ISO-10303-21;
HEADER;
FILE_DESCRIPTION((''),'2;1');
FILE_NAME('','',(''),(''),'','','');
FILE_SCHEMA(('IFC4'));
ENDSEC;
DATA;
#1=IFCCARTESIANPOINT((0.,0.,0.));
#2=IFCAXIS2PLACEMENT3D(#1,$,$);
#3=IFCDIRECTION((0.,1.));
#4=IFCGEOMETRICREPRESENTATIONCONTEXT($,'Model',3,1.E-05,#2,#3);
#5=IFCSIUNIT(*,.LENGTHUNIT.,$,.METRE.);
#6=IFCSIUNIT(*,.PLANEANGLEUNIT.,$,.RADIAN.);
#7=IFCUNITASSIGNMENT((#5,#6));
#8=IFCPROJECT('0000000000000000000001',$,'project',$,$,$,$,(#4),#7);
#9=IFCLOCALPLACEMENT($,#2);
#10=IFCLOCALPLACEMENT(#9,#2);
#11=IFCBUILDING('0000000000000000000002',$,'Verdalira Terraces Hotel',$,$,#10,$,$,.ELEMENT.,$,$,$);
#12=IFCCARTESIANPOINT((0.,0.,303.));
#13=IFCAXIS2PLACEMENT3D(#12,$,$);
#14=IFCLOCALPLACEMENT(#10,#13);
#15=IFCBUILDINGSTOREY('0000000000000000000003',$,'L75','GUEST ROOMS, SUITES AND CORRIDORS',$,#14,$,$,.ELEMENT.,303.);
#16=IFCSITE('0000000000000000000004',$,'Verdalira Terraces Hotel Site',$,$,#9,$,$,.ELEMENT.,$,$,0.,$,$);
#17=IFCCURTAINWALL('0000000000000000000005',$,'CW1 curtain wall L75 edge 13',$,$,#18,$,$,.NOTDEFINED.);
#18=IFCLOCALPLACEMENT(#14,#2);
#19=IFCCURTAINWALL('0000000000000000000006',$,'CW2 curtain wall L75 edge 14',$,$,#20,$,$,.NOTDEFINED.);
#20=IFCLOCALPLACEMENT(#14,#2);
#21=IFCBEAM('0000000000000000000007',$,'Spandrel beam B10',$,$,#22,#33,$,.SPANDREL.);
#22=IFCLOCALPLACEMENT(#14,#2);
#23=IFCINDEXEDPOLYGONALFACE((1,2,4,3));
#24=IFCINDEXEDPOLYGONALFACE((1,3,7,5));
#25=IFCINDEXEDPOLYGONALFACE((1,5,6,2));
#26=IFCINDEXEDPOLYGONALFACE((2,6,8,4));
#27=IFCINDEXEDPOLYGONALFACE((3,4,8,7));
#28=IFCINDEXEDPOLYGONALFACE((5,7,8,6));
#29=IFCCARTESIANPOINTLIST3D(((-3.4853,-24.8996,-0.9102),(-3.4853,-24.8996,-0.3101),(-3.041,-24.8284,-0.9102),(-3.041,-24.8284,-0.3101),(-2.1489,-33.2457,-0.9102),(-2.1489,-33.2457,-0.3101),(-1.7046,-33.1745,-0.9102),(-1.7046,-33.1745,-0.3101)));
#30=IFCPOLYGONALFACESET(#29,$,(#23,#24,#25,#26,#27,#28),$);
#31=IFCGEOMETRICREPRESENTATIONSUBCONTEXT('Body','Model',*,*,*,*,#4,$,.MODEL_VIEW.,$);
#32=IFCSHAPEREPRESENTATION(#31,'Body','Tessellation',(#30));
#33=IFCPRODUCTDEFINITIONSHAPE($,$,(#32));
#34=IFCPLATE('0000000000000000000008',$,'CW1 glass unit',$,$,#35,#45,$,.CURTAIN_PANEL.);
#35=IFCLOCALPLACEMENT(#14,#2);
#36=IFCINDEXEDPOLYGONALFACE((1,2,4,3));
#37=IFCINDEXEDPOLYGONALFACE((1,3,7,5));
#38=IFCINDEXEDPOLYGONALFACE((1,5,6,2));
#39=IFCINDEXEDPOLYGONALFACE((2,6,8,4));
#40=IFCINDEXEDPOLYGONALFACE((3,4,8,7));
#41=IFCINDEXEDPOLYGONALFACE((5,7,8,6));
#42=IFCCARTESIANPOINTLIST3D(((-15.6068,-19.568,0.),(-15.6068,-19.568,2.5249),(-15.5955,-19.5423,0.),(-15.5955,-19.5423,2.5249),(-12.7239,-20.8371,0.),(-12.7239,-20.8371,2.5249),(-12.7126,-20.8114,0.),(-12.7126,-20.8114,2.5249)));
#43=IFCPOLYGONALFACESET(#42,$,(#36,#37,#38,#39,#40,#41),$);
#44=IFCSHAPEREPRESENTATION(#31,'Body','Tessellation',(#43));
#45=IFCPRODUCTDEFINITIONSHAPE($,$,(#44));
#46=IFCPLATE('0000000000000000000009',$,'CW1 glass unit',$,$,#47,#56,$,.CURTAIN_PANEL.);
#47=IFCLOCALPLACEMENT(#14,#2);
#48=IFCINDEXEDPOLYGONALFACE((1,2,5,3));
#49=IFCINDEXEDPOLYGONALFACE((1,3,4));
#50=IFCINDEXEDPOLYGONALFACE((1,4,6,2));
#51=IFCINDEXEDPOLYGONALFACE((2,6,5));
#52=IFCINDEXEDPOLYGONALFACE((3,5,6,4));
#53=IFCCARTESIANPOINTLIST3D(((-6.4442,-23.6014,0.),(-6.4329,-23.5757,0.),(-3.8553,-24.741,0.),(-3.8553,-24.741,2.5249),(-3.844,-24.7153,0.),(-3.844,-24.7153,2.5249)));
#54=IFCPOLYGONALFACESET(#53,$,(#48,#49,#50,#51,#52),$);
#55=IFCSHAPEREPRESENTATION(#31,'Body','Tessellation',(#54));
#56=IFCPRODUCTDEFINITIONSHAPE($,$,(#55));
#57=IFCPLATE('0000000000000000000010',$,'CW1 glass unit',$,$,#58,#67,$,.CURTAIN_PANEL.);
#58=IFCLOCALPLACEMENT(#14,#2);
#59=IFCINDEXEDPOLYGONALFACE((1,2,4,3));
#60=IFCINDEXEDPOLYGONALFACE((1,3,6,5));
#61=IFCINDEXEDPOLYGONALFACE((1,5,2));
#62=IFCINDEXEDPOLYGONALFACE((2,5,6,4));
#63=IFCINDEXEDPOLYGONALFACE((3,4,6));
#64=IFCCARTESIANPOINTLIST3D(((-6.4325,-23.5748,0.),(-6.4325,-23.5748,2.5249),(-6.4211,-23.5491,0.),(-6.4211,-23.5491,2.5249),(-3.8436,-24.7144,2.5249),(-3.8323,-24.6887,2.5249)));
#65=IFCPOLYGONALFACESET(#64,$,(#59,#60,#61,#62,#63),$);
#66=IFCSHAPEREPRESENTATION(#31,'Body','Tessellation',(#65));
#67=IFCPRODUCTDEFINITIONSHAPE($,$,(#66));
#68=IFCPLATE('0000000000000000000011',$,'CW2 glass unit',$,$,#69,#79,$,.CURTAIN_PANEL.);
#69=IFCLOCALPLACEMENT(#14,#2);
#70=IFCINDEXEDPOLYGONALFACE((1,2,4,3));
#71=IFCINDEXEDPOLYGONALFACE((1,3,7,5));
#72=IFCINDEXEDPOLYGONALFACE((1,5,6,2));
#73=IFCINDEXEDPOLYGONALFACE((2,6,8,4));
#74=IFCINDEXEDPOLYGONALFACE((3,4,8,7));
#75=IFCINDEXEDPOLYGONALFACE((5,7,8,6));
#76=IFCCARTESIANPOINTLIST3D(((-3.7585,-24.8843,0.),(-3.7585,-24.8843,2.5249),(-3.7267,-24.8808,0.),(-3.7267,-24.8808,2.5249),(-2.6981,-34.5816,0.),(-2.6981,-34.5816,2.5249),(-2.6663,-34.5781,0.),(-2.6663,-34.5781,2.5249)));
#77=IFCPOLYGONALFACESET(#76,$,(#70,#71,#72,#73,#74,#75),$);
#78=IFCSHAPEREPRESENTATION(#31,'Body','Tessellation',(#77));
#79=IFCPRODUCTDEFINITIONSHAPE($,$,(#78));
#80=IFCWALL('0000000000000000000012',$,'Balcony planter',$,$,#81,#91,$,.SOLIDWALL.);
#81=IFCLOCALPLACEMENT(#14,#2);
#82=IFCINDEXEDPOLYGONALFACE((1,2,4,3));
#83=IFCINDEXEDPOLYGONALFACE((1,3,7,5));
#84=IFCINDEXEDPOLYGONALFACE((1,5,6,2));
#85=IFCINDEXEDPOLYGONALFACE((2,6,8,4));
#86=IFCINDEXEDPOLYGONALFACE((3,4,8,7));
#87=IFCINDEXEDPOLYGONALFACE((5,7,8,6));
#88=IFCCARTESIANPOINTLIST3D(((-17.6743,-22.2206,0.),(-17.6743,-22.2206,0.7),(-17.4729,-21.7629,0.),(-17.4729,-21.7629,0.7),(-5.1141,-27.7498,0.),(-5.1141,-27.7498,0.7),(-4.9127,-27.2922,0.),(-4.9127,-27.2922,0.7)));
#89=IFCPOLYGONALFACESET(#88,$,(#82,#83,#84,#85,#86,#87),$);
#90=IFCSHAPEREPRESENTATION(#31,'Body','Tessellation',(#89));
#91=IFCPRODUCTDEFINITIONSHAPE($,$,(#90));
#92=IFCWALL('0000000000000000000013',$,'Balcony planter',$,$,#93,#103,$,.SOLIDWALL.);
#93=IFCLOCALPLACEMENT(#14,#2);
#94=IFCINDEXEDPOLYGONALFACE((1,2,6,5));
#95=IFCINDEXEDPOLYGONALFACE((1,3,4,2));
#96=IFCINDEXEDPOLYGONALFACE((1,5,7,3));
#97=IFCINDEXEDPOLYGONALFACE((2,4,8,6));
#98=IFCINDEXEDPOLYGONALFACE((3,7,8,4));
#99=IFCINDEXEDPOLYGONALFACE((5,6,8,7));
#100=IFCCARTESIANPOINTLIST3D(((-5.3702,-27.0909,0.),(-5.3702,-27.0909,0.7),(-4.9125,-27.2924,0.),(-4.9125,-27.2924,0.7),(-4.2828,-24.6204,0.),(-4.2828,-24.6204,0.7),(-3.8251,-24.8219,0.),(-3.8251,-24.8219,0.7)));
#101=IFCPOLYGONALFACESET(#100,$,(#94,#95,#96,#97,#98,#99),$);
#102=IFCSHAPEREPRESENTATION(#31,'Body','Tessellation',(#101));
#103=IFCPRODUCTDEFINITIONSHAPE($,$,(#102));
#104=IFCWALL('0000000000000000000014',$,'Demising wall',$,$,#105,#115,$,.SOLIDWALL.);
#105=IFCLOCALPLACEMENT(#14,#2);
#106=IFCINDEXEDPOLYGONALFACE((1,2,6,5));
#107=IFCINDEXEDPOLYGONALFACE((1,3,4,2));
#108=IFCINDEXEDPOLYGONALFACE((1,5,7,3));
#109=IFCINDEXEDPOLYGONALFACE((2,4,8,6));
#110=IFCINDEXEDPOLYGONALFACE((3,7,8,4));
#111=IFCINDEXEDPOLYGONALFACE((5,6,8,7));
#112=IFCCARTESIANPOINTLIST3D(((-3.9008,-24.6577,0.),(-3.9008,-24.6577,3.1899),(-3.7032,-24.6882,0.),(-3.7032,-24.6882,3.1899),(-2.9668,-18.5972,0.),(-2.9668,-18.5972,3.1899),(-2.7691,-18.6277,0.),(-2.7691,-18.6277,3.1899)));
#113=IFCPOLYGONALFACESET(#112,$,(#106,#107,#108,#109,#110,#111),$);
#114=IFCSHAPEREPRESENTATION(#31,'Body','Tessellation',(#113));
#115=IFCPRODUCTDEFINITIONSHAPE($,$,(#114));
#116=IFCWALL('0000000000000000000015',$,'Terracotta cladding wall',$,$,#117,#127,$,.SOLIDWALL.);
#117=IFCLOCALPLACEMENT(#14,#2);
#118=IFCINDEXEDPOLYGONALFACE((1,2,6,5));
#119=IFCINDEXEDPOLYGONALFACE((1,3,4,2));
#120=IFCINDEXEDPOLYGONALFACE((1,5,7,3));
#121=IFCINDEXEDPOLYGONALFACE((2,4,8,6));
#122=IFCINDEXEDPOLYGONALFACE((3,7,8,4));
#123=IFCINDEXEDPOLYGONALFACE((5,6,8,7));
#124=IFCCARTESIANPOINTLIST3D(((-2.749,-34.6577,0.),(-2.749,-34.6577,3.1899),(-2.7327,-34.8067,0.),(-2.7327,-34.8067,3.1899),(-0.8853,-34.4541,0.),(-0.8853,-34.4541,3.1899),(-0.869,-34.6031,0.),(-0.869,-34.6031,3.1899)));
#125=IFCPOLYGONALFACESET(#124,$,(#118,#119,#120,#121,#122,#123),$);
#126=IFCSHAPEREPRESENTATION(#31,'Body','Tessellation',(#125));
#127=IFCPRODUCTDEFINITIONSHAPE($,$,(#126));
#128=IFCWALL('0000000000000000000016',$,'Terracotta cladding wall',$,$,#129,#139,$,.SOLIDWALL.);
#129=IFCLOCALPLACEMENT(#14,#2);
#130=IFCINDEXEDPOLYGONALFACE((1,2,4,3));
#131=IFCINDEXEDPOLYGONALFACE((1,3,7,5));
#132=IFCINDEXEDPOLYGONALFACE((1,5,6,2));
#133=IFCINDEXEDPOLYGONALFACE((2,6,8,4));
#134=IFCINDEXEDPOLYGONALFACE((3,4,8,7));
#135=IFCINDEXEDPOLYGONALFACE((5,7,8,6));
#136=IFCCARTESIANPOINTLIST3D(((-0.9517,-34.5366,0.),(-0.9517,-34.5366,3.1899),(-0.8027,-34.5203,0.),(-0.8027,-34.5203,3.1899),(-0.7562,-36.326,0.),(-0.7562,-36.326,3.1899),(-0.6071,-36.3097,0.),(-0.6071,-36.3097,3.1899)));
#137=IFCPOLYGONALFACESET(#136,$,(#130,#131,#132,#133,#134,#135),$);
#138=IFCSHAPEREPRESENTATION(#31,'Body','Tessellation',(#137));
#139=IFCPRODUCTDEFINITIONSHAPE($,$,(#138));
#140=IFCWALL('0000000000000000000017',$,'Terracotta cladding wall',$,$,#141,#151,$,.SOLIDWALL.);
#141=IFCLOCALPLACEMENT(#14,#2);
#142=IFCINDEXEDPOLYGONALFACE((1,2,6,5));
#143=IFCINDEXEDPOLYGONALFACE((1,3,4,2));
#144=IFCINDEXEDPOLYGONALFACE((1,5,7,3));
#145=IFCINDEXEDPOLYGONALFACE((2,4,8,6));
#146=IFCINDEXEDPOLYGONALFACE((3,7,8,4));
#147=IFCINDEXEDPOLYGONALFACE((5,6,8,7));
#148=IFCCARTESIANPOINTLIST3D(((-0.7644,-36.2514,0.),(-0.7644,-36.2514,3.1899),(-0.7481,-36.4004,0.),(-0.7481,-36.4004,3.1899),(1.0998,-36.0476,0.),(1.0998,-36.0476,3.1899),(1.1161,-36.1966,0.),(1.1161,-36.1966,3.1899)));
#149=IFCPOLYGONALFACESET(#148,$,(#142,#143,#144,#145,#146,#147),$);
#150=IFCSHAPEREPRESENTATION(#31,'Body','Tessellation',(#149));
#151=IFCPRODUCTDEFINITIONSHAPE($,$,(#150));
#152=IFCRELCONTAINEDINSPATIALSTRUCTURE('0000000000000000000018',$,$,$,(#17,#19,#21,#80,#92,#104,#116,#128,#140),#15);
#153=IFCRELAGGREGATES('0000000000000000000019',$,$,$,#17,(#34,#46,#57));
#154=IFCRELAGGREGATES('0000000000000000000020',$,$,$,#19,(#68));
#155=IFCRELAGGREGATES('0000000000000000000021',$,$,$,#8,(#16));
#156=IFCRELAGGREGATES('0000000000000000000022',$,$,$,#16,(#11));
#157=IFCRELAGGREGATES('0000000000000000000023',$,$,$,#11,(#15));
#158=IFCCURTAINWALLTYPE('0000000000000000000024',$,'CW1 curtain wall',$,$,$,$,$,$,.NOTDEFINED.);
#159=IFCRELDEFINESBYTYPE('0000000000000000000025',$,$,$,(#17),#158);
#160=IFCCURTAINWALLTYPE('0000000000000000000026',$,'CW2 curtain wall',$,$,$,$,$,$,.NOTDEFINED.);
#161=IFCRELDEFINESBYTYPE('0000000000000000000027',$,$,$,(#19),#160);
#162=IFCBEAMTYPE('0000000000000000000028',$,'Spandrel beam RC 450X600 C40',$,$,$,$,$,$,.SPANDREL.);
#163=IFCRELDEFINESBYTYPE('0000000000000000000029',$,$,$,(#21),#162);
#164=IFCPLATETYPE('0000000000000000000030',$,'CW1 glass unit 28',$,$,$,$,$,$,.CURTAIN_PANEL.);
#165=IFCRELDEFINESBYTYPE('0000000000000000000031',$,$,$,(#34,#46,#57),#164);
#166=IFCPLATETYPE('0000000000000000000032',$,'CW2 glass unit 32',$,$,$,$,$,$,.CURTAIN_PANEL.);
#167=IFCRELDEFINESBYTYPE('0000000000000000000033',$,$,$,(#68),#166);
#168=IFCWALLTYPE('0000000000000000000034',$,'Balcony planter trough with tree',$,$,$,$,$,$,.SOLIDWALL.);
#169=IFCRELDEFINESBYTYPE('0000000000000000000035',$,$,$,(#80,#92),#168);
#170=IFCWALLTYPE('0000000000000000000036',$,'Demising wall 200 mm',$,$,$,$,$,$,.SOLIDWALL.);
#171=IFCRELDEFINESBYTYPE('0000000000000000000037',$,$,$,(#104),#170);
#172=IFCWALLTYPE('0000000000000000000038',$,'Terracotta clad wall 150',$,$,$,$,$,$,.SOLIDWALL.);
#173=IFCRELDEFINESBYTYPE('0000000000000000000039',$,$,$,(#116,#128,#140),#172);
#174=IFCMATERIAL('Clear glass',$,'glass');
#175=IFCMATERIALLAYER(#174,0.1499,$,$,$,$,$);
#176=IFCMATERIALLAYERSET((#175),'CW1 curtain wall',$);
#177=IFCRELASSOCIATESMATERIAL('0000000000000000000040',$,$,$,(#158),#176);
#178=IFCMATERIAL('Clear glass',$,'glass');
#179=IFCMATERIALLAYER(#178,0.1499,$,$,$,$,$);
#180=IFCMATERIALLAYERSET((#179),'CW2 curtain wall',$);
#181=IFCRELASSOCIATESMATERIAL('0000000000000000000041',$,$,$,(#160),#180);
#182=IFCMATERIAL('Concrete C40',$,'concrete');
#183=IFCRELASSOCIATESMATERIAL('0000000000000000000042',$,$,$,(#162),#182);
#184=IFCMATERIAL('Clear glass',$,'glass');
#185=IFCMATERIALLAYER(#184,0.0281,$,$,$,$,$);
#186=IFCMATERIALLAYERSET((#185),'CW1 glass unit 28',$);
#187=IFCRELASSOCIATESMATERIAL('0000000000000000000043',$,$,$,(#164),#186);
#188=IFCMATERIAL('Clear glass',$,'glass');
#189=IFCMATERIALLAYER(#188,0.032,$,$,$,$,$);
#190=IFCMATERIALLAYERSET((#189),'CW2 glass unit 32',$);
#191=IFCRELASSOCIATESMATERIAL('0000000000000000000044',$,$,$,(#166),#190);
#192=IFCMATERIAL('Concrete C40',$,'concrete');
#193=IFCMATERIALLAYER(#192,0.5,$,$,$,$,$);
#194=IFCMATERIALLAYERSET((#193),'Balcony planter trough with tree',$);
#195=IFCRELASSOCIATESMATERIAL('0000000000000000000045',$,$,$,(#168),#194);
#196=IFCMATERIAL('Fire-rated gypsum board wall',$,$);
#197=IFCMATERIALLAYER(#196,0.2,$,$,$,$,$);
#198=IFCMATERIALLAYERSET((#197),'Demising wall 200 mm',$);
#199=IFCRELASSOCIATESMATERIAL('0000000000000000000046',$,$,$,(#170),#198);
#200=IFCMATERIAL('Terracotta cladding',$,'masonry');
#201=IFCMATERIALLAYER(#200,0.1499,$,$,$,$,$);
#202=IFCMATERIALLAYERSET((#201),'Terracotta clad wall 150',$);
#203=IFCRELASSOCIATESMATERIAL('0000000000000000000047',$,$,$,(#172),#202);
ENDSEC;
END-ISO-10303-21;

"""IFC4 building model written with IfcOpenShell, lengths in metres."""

from ifc_helpers import new_model, si_unit, direction, frame, frame_2d, origin, origin_2d, place, context, subcontext, project, spatial, polyline, rectangle, outline, extrude, material, layer, layer_set, material_profile, profile_set, type_object, element, aggregate, save


model = new_model("IFC4")

# Units and contexts
model_context = context("Model", 3, precision=1e-05, world=origin(), true_north=direction((0.0, 1.0)))
body_context = subcontext(model_context, "Body", "Model", "MODEL_VIEW")
ifc_project = project(units=[si_unit("LENGTHUNIT", "METRE"), si_unit("PLANEANGLEUNIT", "RADIAN")], contexts=[model_context])

# Site, building, storey
site_placement = place(None, origin())
site = spatial("IfcSite", under=ifc_project, at=site_placement, Name="Verdalira Terraces Hotel Site", CompositionType="ELEMENT", RefElevation=0.0)
building_placement = place(site_placement, origin())
building = spatial("IfcBuilding", under=site, at=building_placement, Name="Verdalira Terraces Hotel", CompositionType="ELEMENT")
storey_placement = place(building_placement, frame((0.0, 0.0, 303.0)))
storey = spatial("IfcBuildingStorey", under=building, at=storey_placement, Name="L75", Description="GUEST ROOMS, SUITES AND CORRIDORS", CompositionType="ELEMENT", Elevation=303.0)

# Curtain walls
ifc_material_1 = material(Name="Clear glass", Category="glass")
ifc_layer_1 = layer(ifc_material_1, 0.1499)
ifc_layer_set_1 = layer_set([ifc_layer_1], Name="CW1 curtain wall")
curtain_wall_type_1 = type_object("IfcCurtainWallType", Name="CW1 curtain wall", PredefinedType="NOTDEFINED", material=ifc_layer_set_1)
curtain_wall_1_placement = place(storey_placement, origin())
curtain_wall_1 = element("IfcCurtainWall", 1, at=curtain_wall_1_placement, inside=storey, type_object=curtain_wall_type_1, Name="CW1 curtain wall L75 edge 13", PredefinedType="NOTDEFINED")
ifc_material_2 = material(Name="Clear glass", Category="glass")
ifc_layer_2 = layer(ifc_material_2, 0.1499)
ifc_layer_set_2 = layer_set([ifc_layer_2], Name="CW2 curtain wall")
curtain_wall_type_2 = type_object("IfcCurtainWallType", Name="CW2 curtain wall", PredefinedType="NOTDEFINED", material=ifc_layer_set_2)
curtain_wall_2_placement = place(storey_placement, origin())
curtain_wall_2 = element("IfcCurtainWall", 2, at=curtain_wall_2_placement, inside=storey, type_object=curtain_wall_type_2, Name="CW2 curtain wall L75 edge 14", PredefinedType="NOTDEFINED")

# Beam
ifc_material_3 = material(Name="Concrete C40", Category="concrete")
ifc_material_profile_1 = material_profile(ifc_material_3, rectangle(XDim=0.45, YDim=0.6001, at=origin_2d()), Name="RC 450X600")
ifc_profile_set_1 = profile_set([ifc_material_profile_1], Name="Concrete C40")
beam_type_1 = type_object("IfcBeamType", Name="Spandrel beam RC 450X600 C40", PredefinedType="SPANDREL", material=ifc_profile_set_1)
beam_1_placement = place(storey_placement, frame((-3.2632, -24.864, -0.6101), z_axis=(0.15811, -0.987422, 0.0), x_axis=(0.987422, 0.15811, 0.0)))
element("IfcBeam", 3, at=beam_1_placement, inside=storey, type_object=beam_type_1, Name="Spandrel beam B10", PredefinedType="SPANDREL", context=body_context, shape_type="SweptSolid", body=[
    extrude(rectangle(XDim=0.45, YDim=0.6001, at=origin_2d()), origin(), (0.0, 0.0, 1.0), 8.4524),
])

# Plates
ifc_material_4 = material(Name="Clear glass", Category="glass")
ifc_layer_3 = layer(ifc_material_4, 0.0281)
ifc_layer_set_3 = layer_set([ifc_layer_3], Name="CW1 glass unit 28")
plate_type_1 = type_object("IfcPlateType", Name="CW1 glass unit 28", PredefinedType="CURTAIN_PANEL", material=ifc_layer_set_3)
plate_1_placement = place(storey_placement, frame((-14.1597, -20.1897, 0.0), z_axis=(0.0, 0.0, 1.0), x_axis=(0.915241, -0.402906, 0.0)))
plate_1 = element("IfcPlate", 4, at=plate_1_placement, type_object=plate_type_1, Name="CW1 glass unit", PredefinedType="CURTAIN_PANEL", context=body_context, shape_type="SweptSolid", body=[
    extrude(rectangle(XDim=3.1499, YDim=0.0281, at=origin_2d()), origin(), (0.0, 0.0, 1.0), 2.5249),
])
plate_2_placement = place(storey_placement, frame((-5.1384, -24.1455, 1.2625), z_axis=(-0.402906, -0.915241, 0.0), x_axis=(0.915241, -0.402906, 0.0)))
plate_2 = element("IfcPlate", 5, at=plate_2_placement, type_object=plate_type_1, Name="CW1 glass unit", PredefinedType="CURTAIN_PANEL", context=body_context, shape_type="SweptSolid", body=[
    extrude(outline(polyline([(-1.4143, -1.2625), (1.4143, -1.2625), (1.4143, 1.2625), (-1.4143, -1.2625)])), origin(), (0.0, 0.0, 1.0), 0.0281),
])
plate_3_placement = place(storey_placement, frame((-5.1267, -24.1189, 1.2625), z_axis=(-0.402906, -0.915241, 0.0), x_axis=(0.915241, -0.402906, 0.0)))
plate_3 = element("IfcPlate", 6, at=plate_3_placement, type_object=plate_type_1, Name="CW1 glass unit", PredefinedType="CURTAIN_PANEL", context=body_context, shape_type="SweptSolid", body=[
    extrude(outline(polyline([(-1.4143, -1.2625), (1.4143, 1.2625), (-1.4143, 1.2625), (-1.4143, -1.2625)])), origin(), (0.0, 0.0, 1.0), 0.0281),
])
aggregate(curtain_wall_1, [plate_1, plate_2, plate_3])
ifc_material_5 = material(Name="Clear glass", Category="glass")
ifc_layer_4 = layer(ifc_material_5, 0.032)
ifc_layer_set_4 = layer_set([ifc_layer_4], Name="CW2 glass unit 32")
plate_type_2 = type_object("IfcPlateType", Name="CW2 glass unit 32", PredefinedType="CURTAIN_PANEL", material=ifc_layer_set_4)
plate_4_placement = place(storey_placement, frame((-3.2124, -29.7312, 0.0), z_axis=(0.0, 0.0, 1.0), x_axis=(0.108693, -0.994075, 0.0)))
plate_4 = element("IfcPlate", 7, at=plate_4_placement, type_object=plate_type_2, Name="CW2 glass unit", PredefinedType="CURTAIN_PANEL", context=body_context, shape_type="SweptSolid", body=[
    extrude(rectangle(XDim=9.7551, YDim=0.032, at=origin_2d()), origin(), (0.0, 0.0, 1.0), 2.5249),
])
aggregate(curtain_wall_2, [plate_4])

# Walls
ifc_material_6 = material(Name="Concrete C40", Category="concrete")
ifc_layer_5 = layer(ifc_material_6, 0.5)
ifc_layer_set_5 = layer_set([ifc_layer_5], Name="Balcony planter trough with tree")
wall_type_1 = type_object("IfcWallType", Name="Balcony planter trough with tree", PredefinedType="SOLIDWALL", material=ifc_layer_set_5)
wall_1_placement = place(storey_placement, frame((-17.5737, -21.9917, 0.0), z_axis=(0.0, 0.0, 1.0), x_axis=(0.915241, -0.402907, 0.0)))
element("IfcWall", 8, at=wall_1_placement, inside=storey, type_object=wall_type_1, Name="Balcony planter", PredefinedType="SOLIDWALL", context=body_context, shape_type="SweptSolid", body=[
    extrude(rectangle(XDim=13.7234, YDim=0.5, at=frame_2d((6.8618, 0.0))), origin(), (0.0, 0.0, 1.0), 0.7),
])
wall_2_placement = place(storey_placement, frame((-5.1414, -27.1916, 0.0), z_axis=(0.0, 0.0, 1.0), x_axis=(0.402863, 0.91526, 0.0)))
element("IfcWall", 9, at=wall_2_placement, inside=storey, type_object=wall_type_1, Name="Balcony planter", PredefinedType="SOLIDWALL", context=body_context, shape_type="SweptSolid", body=[
    extrude(rectangle(XDim=2.6992, YDim=0.5, at=frame_2d((1.3496, 0.0))), origin(), (0.0, 0.0, 1.0), 0.7),
])
ifc_material_7 = material(Name="Fire-rated gypsum board wall")
ifc_layer_6 = layer(ifc_material_7, 0.2)
ifc_layer_set_6 = layer_set([ifc_layer_6], Name="Demising wall 200 mm")
wall_type_2 = type_object("IfcWallType", Name="Demising wall 200 mm", PredefinedType="SOLIDWALL", material=ifc_layer_set_6)
wall_3_placement = place(storey_placement, frame((-3.802, -24.6729, 0.0), z_axis=(0.0, 0.0, 1.0), x_axis=(0.152326, 0.98833, 0.0)))
element("IfcWall", 10, at=wall_3_placement, inside=storey, type_object=wall_type_2, Name="Demising wall", PredefinedType="SOLIDWALL", context=body_context, shape_type="SweptSolid", body=[
    extrude(rectangle(XDim=6.1321, YDim=0.2, at=frame_2d((3.0659, 0.0))), origin(), (0.0, 0.0, 1.0), 3.1899),
])
ifc_material_8 = material(Name="Terracotta cladding", Category="masonry")
ifc_layer_7 = layer(ifc_material_8, 0.1499)
ifc_layer_set_7 = layer_set([ifc_layer_7], Name="Terracotta clad wall 150")
wall_type_3 = type_object("IfcWallType", Name="Terracotta clad wall 150", PredefinedType="SOLIDWALL", material=ifc_layer_set_7)
wall_4_placement = place(storey_placement, frame((-2.741, -34.7322, 0.0), z_axis=(0.0, 0.0, 1.0), x_axis=(0.994085, 0.108602, 0.0)))
element("IfcWall", 11, at=wall_4_placement, inside=storey, type_object=wall_type_3, Name="Terracotta cladding wall", PredefinedType="SOLIDWALL", context=body_context, shape_type="SweptSolid", body=[
    extrude(rectangle(XDim=1.8748, YDim=0.1499, at=frame_2d((0.9375, 0.0))), origin(), (0.0, 0.0, 1.0), 3.1899),
])
wall_5_placement = place(storey_placement, frame((-0.8772, -34.5286, 0.0), z_axis=(0.0, 0.0, 1.0), x_axis=(0.108645, -0.994081, 0.0)))
element("IfcWall", 12, at=wall_5_placement, inside=storey, type_object=wall_type_3, Name="Terracotta cladding wall", PredefinedType="SOLIDWALL", context=body_context, shape_type="SweptSolid", body=[
    extrude(rectangle(XDim=1.8, YDim=0.1499, at=frame_2d((0.8999, 0.0))), origin(), (0.0, 0.0, 1.0), 3.1899),
])
wall_6_placement = place(storey_placement, frame((-0.7561, -36.3259, 0.0), z_axis=(0.0, 0.0, 1.0), x_axis=(0.994073, 0.108717, 0.0)))
element("IfcWall", 13, at=wall_6_placement, inside=storey, type_object=wall_type_3, Name="Terracotta cladding wall", PredefinedType="SOLIDWALL", context=body_context, shape_type="SweptSolid", body=[
    extrude(rectangle(XDim=1.8752, YDim=0.1499, at=frame_2d((0.9375, 0.0))), origin(), (0.0, 0.0, 1.0), 3.1899),
])

save(model, "model.ifc")
